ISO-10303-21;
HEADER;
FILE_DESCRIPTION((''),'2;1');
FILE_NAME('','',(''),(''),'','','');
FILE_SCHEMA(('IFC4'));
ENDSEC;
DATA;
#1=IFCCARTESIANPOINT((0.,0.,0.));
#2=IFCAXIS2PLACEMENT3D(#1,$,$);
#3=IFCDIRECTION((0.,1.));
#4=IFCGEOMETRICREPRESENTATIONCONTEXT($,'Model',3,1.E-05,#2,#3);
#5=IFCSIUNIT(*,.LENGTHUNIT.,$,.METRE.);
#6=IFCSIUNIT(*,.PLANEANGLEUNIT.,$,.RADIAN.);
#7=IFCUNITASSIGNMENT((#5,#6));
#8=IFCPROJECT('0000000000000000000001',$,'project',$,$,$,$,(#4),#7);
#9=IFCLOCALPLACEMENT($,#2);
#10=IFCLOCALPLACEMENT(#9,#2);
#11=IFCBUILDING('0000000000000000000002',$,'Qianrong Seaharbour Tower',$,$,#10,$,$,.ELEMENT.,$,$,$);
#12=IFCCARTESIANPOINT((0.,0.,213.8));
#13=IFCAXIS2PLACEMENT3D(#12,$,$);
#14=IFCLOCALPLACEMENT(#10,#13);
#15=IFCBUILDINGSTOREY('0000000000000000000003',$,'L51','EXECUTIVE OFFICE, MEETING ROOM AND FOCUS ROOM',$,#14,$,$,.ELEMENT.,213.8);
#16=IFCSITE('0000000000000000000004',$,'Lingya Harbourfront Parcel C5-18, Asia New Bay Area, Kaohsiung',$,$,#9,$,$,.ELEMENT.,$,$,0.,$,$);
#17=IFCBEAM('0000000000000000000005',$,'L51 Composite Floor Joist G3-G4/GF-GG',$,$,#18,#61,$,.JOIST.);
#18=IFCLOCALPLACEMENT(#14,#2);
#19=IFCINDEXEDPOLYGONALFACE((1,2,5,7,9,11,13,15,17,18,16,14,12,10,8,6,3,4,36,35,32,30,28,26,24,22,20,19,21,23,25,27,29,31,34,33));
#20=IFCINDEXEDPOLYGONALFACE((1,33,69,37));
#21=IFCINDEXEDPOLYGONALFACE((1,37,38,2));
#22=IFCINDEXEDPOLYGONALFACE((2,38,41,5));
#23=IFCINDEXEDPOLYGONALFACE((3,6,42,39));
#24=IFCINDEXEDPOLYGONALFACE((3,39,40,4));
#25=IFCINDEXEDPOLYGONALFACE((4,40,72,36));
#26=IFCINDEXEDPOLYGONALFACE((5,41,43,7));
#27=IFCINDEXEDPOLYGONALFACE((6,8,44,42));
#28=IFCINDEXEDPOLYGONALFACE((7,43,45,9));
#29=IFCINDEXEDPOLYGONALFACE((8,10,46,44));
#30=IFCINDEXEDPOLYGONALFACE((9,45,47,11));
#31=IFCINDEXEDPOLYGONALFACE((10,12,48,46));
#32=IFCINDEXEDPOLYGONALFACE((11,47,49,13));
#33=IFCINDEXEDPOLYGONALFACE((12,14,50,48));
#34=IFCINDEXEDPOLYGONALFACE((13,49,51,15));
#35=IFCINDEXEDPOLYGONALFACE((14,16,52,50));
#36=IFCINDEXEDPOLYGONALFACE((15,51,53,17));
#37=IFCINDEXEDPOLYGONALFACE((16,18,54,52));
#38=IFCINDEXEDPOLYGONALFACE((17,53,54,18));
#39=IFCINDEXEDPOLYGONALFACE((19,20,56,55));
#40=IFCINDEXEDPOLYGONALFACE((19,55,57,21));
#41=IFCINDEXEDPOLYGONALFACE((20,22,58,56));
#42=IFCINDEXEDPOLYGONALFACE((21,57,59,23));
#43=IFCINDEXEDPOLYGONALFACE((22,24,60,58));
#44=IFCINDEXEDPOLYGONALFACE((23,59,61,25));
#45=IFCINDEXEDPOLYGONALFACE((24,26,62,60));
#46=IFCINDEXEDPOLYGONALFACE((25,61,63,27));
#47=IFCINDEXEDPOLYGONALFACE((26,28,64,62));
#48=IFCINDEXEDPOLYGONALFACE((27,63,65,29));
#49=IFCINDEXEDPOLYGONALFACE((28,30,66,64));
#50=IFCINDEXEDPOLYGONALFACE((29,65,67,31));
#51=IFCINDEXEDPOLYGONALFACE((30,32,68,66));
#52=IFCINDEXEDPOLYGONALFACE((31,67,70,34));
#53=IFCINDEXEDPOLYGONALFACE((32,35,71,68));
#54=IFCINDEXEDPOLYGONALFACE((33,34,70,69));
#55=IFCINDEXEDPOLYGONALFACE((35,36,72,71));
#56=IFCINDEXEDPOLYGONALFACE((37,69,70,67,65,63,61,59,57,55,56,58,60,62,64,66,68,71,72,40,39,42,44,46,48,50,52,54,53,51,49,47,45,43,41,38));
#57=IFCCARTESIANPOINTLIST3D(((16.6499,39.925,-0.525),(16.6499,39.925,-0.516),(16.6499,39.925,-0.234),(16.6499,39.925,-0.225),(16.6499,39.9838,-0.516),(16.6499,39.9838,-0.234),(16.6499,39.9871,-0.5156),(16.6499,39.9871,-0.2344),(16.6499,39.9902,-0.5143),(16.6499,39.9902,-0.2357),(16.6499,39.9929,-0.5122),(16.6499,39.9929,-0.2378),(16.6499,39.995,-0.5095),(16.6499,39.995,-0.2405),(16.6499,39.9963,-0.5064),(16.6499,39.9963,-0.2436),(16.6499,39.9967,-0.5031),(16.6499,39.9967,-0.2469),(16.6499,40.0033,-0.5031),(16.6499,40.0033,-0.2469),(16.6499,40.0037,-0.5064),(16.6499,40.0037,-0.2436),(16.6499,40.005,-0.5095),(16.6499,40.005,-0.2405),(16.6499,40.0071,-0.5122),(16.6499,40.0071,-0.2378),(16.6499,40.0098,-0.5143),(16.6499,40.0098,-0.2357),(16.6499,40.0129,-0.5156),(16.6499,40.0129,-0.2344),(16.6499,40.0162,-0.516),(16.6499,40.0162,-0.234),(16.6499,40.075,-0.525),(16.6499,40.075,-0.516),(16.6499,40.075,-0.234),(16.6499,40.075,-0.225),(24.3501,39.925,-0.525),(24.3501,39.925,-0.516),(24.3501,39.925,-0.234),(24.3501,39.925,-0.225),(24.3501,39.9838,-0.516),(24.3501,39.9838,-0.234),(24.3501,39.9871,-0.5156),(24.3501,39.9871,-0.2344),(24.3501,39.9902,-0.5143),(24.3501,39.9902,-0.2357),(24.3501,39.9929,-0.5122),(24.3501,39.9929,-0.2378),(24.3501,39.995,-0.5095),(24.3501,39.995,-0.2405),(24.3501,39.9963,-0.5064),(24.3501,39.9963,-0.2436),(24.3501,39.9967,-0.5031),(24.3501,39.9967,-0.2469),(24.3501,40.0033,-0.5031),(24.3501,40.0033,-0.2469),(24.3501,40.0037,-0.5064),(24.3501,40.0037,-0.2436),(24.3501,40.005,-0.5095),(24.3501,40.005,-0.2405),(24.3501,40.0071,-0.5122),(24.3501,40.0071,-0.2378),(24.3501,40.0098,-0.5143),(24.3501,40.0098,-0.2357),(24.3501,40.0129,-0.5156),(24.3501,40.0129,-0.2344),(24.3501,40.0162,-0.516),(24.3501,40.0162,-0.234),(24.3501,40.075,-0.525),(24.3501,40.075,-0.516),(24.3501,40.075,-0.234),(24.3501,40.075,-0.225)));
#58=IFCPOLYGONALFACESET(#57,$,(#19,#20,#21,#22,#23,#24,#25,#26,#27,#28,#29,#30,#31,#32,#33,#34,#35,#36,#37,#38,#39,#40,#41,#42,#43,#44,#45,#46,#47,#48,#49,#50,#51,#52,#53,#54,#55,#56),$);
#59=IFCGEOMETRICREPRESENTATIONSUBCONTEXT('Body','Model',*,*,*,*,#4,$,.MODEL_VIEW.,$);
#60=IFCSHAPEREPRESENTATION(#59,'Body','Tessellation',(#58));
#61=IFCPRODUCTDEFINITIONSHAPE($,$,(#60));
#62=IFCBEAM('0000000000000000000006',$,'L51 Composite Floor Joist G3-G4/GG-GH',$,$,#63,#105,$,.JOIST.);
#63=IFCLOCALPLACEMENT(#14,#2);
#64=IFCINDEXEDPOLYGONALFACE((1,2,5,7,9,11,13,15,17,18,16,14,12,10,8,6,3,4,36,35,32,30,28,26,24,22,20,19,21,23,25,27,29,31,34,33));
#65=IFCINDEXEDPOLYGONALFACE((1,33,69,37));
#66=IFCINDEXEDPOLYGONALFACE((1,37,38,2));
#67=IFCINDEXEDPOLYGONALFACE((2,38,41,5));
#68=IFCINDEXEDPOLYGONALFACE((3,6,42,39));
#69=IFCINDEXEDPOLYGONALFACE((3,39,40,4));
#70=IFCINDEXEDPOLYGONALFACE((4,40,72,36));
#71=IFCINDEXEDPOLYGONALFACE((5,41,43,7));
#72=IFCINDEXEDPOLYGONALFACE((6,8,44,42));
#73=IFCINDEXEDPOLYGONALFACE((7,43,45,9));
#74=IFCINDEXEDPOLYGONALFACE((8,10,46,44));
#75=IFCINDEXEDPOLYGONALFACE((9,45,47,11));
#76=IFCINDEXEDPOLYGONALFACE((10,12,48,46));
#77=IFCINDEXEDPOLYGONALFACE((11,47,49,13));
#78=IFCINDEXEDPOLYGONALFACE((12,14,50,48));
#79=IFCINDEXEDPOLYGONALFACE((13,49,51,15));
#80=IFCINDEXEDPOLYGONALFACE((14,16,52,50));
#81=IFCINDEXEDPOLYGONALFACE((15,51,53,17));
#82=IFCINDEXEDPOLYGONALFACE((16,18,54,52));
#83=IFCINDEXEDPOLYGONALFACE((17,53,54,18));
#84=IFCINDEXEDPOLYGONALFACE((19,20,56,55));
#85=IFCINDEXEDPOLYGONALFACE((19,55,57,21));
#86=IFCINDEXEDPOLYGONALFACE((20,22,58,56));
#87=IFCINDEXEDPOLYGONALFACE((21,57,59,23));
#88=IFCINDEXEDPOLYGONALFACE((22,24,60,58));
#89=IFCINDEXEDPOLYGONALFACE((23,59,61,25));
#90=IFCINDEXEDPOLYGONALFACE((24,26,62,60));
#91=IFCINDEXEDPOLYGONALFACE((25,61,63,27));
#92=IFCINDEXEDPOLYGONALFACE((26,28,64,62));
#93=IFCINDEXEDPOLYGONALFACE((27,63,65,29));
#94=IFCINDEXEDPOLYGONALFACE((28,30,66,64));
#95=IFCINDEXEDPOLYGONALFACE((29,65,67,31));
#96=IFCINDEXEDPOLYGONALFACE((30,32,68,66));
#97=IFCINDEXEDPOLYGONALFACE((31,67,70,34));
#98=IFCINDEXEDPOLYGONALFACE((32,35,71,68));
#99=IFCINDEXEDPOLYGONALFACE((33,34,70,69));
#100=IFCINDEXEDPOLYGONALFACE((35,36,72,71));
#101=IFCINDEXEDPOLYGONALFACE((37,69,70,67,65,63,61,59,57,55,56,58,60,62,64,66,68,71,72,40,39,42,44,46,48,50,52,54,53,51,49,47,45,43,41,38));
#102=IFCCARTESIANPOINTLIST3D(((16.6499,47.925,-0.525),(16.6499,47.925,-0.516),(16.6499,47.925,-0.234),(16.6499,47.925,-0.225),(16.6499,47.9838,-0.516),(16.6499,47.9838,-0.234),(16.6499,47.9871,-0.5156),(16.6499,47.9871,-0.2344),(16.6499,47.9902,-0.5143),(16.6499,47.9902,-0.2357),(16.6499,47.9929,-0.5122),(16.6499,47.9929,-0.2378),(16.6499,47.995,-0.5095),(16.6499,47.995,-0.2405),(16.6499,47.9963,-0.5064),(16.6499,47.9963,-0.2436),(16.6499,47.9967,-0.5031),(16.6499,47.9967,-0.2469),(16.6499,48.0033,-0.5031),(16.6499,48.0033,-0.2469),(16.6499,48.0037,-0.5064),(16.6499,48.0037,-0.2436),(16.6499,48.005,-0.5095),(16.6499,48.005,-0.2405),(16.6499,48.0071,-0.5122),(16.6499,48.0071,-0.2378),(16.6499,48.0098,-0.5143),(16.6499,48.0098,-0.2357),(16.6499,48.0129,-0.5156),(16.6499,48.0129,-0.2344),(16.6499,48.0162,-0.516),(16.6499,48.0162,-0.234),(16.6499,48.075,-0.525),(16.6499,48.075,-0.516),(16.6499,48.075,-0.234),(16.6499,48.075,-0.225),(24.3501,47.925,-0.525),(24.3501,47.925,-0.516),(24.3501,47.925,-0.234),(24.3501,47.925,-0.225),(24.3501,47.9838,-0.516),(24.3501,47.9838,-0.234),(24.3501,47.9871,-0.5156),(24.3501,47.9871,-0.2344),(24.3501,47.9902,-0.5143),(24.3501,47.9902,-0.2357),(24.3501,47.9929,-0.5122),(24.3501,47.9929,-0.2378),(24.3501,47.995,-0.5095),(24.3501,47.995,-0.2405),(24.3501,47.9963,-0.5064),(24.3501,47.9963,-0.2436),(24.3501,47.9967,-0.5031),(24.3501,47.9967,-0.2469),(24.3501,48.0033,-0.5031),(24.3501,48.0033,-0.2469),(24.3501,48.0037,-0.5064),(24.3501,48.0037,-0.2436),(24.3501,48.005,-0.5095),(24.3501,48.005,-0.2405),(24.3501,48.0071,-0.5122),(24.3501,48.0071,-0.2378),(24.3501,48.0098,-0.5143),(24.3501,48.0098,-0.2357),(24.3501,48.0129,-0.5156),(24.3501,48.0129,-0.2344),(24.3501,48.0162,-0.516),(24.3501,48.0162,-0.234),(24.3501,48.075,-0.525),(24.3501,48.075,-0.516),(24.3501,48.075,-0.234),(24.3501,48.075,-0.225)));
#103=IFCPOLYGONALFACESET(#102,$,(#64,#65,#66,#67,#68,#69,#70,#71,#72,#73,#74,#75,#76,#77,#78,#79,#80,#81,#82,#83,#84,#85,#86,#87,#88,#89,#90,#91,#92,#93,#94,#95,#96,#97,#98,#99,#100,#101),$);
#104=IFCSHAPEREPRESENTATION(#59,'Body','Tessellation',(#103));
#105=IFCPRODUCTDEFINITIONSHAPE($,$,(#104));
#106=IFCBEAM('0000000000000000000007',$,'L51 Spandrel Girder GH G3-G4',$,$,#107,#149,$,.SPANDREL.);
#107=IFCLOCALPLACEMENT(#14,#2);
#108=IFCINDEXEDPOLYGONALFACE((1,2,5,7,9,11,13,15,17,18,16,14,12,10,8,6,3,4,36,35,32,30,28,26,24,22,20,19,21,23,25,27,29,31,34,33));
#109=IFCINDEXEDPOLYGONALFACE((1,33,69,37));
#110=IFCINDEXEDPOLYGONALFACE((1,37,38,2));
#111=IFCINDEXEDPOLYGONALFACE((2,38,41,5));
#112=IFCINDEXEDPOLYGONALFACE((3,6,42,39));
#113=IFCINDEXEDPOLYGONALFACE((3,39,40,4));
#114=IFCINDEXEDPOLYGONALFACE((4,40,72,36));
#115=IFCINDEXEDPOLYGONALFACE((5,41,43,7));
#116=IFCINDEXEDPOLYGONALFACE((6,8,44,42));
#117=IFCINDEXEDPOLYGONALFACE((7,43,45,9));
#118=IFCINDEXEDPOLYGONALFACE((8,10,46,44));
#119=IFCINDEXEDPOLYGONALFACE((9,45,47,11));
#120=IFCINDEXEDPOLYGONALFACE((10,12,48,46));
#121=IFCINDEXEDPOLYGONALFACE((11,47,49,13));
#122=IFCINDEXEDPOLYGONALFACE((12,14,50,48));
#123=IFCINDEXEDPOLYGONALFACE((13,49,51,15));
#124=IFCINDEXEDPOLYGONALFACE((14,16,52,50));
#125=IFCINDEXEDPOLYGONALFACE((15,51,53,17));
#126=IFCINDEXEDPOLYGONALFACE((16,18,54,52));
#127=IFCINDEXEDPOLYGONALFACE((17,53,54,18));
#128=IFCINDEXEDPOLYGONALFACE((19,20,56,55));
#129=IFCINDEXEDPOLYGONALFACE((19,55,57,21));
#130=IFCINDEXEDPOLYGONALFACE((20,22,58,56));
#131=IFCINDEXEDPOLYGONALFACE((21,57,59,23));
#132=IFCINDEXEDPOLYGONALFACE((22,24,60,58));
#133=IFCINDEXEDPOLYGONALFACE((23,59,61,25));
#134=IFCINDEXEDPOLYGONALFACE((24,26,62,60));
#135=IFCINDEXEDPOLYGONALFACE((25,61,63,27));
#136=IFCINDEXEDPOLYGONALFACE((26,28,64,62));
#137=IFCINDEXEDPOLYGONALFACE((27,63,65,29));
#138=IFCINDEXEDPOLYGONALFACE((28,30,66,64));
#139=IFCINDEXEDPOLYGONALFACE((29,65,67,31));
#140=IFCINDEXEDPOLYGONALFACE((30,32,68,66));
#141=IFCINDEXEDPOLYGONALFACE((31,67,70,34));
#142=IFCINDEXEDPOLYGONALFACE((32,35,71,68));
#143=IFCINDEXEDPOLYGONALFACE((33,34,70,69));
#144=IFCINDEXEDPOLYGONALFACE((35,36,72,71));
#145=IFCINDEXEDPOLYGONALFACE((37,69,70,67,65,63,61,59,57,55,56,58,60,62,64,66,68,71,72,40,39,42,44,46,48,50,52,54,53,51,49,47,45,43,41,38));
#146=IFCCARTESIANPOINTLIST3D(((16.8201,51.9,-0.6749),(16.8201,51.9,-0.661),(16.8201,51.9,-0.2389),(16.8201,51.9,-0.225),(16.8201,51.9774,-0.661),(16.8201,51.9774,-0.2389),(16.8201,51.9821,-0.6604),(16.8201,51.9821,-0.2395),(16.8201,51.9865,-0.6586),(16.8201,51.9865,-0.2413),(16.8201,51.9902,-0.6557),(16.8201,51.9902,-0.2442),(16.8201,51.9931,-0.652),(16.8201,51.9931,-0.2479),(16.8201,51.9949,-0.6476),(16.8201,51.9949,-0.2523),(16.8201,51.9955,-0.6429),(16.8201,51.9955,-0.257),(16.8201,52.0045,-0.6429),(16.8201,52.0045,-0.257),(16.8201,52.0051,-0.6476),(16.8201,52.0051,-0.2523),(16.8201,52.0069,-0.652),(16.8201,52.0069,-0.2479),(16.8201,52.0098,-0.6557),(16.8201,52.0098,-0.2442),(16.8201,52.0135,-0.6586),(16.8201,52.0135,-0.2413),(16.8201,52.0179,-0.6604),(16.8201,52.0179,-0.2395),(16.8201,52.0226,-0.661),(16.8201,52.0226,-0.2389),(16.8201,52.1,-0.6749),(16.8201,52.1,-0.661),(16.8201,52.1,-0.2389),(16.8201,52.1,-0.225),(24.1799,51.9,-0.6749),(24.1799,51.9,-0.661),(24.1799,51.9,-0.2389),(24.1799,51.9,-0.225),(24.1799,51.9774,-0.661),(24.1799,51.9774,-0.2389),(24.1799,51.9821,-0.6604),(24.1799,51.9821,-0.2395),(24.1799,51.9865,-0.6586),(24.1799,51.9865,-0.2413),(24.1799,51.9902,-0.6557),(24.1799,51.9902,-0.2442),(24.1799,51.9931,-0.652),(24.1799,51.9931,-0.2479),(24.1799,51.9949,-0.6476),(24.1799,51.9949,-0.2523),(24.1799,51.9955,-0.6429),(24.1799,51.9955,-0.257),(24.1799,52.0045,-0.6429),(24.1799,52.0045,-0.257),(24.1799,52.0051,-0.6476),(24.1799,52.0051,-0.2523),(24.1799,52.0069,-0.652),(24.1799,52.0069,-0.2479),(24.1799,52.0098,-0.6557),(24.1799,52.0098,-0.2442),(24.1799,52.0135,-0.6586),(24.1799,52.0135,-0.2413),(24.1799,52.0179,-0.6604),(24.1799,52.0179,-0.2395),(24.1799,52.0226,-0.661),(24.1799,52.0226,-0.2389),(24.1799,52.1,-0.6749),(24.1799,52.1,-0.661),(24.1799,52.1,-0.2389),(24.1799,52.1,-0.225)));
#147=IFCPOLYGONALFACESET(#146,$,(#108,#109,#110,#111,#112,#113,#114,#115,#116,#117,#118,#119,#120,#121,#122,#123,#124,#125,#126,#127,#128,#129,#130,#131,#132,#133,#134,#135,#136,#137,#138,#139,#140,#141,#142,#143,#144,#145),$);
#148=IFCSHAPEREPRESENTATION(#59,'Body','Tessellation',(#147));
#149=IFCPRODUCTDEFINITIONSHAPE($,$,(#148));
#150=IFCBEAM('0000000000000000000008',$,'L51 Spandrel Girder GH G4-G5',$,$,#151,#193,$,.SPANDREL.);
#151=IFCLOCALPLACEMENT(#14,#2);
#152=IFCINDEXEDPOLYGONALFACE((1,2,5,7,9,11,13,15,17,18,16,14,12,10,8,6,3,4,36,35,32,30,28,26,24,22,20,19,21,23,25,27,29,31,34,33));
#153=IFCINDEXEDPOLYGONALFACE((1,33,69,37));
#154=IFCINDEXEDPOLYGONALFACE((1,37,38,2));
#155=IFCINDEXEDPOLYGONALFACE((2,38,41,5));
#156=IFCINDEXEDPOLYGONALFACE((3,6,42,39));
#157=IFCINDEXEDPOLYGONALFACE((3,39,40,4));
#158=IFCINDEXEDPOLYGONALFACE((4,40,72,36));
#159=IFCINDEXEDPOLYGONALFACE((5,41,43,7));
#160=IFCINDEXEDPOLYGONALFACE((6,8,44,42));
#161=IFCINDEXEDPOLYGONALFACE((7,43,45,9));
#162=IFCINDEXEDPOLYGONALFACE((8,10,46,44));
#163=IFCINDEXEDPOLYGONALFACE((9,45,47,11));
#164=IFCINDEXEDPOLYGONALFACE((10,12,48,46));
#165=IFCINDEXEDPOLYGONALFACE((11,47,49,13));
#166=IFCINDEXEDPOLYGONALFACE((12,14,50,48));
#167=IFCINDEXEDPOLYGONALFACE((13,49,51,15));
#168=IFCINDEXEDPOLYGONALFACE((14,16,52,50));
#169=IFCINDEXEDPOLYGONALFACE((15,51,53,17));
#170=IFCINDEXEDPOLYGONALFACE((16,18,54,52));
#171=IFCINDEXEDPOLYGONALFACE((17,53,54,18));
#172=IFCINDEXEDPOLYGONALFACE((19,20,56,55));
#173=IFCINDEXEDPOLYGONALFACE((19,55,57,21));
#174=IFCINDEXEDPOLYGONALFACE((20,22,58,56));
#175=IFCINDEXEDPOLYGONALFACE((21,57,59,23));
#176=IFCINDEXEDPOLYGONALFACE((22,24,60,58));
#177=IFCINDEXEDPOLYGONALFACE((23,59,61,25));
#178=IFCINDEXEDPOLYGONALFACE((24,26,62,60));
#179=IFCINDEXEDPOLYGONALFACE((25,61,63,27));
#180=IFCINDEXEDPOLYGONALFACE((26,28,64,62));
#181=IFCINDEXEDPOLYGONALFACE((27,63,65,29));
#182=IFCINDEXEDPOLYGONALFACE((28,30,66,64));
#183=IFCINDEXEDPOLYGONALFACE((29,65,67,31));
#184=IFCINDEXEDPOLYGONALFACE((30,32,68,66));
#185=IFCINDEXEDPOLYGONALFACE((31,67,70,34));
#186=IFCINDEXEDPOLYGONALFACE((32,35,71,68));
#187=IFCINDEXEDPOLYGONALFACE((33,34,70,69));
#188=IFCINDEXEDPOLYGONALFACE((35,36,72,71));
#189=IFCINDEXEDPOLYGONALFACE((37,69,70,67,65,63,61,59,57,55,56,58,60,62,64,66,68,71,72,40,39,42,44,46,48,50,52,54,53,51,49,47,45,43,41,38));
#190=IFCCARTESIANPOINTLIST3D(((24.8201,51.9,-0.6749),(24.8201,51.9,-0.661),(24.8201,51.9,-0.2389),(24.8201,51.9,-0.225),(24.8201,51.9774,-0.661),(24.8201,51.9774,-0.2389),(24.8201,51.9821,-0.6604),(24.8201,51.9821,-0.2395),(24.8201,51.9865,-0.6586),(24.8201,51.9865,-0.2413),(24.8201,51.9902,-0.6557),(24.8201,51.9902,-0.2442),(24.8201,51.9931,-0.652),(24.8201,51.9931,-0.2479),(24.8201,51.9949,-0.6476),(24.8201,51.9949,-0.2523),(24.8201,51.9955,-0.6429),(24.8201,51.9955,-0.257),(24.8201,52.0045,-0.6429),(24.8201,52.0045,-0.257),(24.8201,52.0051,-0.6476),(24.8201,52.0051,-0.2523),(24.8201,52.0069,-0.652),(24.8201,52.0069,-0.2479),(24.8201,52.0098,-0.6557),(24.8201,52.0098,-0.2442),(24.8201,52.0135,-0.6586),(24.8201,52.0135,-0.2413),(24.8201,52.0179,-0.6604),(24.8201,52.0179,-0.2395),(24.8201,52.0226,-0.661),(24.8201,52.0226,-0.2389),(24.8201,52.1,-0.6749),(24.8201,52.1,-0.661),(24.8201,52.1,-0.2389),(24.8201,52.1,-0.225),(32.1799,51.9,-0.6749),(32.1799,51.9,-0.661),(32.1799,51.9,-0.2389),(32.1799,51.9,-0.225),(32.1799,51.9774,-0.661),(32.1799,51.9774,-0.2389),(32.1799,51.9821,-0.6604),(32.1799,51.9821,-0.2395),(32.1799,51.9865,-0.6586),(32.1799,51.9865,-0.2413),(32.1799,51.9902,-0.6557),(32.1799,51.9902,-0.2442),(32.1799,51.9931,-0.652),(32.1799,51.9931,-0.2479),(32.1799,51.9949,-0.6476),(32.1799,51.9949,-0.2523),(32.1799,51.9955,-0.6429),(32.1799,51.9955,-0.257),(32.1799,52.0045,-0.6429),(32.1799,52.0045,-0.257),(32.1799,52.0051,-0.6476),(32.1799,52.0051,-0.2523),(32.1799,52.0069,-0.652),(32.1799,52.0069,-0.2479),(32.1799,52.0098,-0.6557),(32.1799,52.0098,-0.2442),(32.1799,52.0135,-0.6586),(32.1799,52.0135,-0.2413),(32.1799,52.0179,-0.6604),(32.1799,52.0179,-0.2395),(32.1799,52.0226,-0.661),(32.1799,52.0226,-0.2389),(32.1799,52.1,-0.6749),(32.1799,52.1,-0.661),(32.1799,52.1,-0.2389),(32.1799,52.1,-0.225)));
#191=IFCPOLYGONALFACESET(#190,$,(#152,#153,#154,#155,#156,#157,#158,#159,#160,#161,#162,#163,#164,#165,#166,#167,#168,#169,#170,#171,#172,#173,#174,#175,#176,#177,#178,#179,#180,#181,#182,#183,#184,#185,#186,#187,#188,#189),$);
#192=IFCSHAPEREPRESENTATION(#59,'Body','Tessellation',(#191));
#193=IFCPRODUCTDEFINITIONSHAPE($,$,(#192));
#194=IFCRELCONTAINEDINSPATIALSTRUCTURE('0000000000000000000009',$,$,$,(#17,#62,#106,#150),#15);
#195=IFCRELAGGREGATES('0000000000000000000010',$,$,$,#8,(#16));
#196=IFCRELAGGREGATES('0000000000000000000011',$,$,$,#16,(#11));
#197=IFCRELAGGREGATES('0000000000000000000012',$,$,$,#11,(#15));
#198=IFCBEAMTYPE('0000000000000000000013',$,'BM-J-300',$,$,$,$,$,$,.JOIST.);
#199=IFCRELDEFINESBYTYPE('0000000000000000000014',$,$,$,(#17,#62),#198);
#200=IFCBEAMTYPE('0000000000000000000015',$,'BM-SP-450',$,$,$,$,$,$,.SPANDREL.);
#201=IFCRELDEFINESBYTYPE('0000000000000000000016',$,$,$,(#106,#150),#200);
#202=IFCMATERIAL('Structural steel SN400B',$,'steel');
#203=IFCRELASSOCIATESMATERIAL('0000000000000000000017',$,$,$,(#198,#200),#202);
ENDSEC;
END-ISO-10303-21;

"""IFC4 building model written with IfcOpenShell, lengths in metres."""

from ifc_helpers import new_model, si_unit, direction, frame, origin, origin_2d, place, context, subcontext, project, spatial, i_section, extrude, material, material_profile, profile_set, type_object, element, save


model = new_model("IFC4")

# Units and contexts
model_context = context("Model", 3, precision=1e-05, world=origin(), true_north=direction((0.0, 1.0)))
body_context = subcontext(model_context, "Body", "Model", "MODEL_VIEW")
ifc_project = project(units=[si_unit("LENGTHUNIT", "METRE"), si_unit("PLANEANGLEUNIT", "RADIAN")], contexts=[model_context])

# Site, building, storey
site_placement = place(None, origin())
site = spatial("IfcSite", under=ifc_project, at=site_placement, Name="Lingya Harbourfront Parcel C5-18, Asia New Bay Area, Kaohsiung", CompositionType="ELEMENT", RefElevation=0.0)
building_placement = place(site_placement, origin())
building = spatial("IfcBuilding", under=site, at=building_placement, Name="Qianrong Seaharbour Tower", CompositionType="ELEMENT")
storey_placement = place(building_placement, frame((0.0, 0.0, 213.8)))
storey = spatial("IfcBuildingStorey", under=building, at=storey_placement, Name="L51", Description="EXECUTIVE OFFICE, MEETING ROOM AND FOCUS ROOM", CompositionType="ELEMENT", Elevation=213.8)

# Beams
ifc_material_1 = material(Name="Structural steel SN400B", Category="steel")
ifc_material_profile_1 = material_profile(ifc_material_1, i_section(OverallWidth=0.1499, OverallDepth=0.3, WebThickness=0.0066, FlangeThickness=0.009, FilletRadius=0.0129, at=origin_2d()), Name="H300x150x6.5x9")
ifc_profile_set_1 = profile_set([ifc_material_profile_1], Name="Structural steel SN400B")
beam_type_1 = type_object("IfcBeamType", Name="BM-J-300", PredefinedType="JOIST", material=ifc_profile_set_1)
for number, where, z_axis, x_axis, name in (
    (1, (16.6499, 40.0, -0.375), (1.0, 0.0, 0.0), (0.0, 1.0, 0.0), "L51 Composite Floor Joist G3-G4/GF-GG"),
    (2, (16.6499, 48.0, -0.375), (1.0, 0.0, 0.0), (0.0, 1.0, 0.0), "L51 Composite Floor Joist G3-G4/GG-GH"),
):
    element("IfcBeam", number, at=place(storey_placement, frame(where, z_axis=z_axis, x_axis=x_axis)), inside=storey, type_object=beam_type_1, Name=name, PredefinedType="JOIST", context=body_context, shape_type="SweptSolid", body=[
        extrude(i_section(OverallWidth=0.1499, OverallDepth=0.3, WebThickness=0.0066, FlangeThickness=0.009, FilletRadius=0.0129, at=origin_2d()), origin(), (0.0, 0.0, 1.0), 7.7002),
    ])
ifc_material_profile_2 = material_profile(ifc_material_1, i_section(OverallWidth=0.2, OverallDepth=0.45, WebThickness=0.009, FlangeThickness=0.0139, FilletRadius=0.0181, at=origin_2d()), Name="H450x200x9x14")
ifc_profile_set_2 = profile_set([ifc_material_profile_2], Name="Structural steel SN400B")
beam_type_2 = type_object("IfcBeamType", Name="BM-SP-450", PredefinedType="SPANDREL", material=ifc_profile_set_2)
for number, where, z_axis, x_axis, name in (
    (3, (16.8201, 52.0, -0.45), (1.0, 0.0, 0.0), (0.0, 1.0, 0.0), "L51 Spandrel Girder GH G3-G4"),
    (4, (24.8201, 52.0, -0.45), (1.0, 0.0, 0.0), (0.0, 1.0, 0.0), "L51 Spandrel Girder GH G4-G5"),
):
    element("IfcBeam", number, at=place(storey_placement, frame(where, z_axis=z_axis, x_axis=x_axis)), inside=storey, type_object=beam_type_2, Name=name, PredefinedType="SPANDREL", context=body_context, shape_type="SweptSolid", body=[
        extrude(i_section(OverallWidth=0.2, OverallDepth=0.45, WebThickness=0.009, FlangeThickness=0.0139, FilletRadius=0.0181, at=origin_2d()), origin(), (0.0, 0.0, 1.0), 7.3599),
    ])

save(model, "model.ifc")
